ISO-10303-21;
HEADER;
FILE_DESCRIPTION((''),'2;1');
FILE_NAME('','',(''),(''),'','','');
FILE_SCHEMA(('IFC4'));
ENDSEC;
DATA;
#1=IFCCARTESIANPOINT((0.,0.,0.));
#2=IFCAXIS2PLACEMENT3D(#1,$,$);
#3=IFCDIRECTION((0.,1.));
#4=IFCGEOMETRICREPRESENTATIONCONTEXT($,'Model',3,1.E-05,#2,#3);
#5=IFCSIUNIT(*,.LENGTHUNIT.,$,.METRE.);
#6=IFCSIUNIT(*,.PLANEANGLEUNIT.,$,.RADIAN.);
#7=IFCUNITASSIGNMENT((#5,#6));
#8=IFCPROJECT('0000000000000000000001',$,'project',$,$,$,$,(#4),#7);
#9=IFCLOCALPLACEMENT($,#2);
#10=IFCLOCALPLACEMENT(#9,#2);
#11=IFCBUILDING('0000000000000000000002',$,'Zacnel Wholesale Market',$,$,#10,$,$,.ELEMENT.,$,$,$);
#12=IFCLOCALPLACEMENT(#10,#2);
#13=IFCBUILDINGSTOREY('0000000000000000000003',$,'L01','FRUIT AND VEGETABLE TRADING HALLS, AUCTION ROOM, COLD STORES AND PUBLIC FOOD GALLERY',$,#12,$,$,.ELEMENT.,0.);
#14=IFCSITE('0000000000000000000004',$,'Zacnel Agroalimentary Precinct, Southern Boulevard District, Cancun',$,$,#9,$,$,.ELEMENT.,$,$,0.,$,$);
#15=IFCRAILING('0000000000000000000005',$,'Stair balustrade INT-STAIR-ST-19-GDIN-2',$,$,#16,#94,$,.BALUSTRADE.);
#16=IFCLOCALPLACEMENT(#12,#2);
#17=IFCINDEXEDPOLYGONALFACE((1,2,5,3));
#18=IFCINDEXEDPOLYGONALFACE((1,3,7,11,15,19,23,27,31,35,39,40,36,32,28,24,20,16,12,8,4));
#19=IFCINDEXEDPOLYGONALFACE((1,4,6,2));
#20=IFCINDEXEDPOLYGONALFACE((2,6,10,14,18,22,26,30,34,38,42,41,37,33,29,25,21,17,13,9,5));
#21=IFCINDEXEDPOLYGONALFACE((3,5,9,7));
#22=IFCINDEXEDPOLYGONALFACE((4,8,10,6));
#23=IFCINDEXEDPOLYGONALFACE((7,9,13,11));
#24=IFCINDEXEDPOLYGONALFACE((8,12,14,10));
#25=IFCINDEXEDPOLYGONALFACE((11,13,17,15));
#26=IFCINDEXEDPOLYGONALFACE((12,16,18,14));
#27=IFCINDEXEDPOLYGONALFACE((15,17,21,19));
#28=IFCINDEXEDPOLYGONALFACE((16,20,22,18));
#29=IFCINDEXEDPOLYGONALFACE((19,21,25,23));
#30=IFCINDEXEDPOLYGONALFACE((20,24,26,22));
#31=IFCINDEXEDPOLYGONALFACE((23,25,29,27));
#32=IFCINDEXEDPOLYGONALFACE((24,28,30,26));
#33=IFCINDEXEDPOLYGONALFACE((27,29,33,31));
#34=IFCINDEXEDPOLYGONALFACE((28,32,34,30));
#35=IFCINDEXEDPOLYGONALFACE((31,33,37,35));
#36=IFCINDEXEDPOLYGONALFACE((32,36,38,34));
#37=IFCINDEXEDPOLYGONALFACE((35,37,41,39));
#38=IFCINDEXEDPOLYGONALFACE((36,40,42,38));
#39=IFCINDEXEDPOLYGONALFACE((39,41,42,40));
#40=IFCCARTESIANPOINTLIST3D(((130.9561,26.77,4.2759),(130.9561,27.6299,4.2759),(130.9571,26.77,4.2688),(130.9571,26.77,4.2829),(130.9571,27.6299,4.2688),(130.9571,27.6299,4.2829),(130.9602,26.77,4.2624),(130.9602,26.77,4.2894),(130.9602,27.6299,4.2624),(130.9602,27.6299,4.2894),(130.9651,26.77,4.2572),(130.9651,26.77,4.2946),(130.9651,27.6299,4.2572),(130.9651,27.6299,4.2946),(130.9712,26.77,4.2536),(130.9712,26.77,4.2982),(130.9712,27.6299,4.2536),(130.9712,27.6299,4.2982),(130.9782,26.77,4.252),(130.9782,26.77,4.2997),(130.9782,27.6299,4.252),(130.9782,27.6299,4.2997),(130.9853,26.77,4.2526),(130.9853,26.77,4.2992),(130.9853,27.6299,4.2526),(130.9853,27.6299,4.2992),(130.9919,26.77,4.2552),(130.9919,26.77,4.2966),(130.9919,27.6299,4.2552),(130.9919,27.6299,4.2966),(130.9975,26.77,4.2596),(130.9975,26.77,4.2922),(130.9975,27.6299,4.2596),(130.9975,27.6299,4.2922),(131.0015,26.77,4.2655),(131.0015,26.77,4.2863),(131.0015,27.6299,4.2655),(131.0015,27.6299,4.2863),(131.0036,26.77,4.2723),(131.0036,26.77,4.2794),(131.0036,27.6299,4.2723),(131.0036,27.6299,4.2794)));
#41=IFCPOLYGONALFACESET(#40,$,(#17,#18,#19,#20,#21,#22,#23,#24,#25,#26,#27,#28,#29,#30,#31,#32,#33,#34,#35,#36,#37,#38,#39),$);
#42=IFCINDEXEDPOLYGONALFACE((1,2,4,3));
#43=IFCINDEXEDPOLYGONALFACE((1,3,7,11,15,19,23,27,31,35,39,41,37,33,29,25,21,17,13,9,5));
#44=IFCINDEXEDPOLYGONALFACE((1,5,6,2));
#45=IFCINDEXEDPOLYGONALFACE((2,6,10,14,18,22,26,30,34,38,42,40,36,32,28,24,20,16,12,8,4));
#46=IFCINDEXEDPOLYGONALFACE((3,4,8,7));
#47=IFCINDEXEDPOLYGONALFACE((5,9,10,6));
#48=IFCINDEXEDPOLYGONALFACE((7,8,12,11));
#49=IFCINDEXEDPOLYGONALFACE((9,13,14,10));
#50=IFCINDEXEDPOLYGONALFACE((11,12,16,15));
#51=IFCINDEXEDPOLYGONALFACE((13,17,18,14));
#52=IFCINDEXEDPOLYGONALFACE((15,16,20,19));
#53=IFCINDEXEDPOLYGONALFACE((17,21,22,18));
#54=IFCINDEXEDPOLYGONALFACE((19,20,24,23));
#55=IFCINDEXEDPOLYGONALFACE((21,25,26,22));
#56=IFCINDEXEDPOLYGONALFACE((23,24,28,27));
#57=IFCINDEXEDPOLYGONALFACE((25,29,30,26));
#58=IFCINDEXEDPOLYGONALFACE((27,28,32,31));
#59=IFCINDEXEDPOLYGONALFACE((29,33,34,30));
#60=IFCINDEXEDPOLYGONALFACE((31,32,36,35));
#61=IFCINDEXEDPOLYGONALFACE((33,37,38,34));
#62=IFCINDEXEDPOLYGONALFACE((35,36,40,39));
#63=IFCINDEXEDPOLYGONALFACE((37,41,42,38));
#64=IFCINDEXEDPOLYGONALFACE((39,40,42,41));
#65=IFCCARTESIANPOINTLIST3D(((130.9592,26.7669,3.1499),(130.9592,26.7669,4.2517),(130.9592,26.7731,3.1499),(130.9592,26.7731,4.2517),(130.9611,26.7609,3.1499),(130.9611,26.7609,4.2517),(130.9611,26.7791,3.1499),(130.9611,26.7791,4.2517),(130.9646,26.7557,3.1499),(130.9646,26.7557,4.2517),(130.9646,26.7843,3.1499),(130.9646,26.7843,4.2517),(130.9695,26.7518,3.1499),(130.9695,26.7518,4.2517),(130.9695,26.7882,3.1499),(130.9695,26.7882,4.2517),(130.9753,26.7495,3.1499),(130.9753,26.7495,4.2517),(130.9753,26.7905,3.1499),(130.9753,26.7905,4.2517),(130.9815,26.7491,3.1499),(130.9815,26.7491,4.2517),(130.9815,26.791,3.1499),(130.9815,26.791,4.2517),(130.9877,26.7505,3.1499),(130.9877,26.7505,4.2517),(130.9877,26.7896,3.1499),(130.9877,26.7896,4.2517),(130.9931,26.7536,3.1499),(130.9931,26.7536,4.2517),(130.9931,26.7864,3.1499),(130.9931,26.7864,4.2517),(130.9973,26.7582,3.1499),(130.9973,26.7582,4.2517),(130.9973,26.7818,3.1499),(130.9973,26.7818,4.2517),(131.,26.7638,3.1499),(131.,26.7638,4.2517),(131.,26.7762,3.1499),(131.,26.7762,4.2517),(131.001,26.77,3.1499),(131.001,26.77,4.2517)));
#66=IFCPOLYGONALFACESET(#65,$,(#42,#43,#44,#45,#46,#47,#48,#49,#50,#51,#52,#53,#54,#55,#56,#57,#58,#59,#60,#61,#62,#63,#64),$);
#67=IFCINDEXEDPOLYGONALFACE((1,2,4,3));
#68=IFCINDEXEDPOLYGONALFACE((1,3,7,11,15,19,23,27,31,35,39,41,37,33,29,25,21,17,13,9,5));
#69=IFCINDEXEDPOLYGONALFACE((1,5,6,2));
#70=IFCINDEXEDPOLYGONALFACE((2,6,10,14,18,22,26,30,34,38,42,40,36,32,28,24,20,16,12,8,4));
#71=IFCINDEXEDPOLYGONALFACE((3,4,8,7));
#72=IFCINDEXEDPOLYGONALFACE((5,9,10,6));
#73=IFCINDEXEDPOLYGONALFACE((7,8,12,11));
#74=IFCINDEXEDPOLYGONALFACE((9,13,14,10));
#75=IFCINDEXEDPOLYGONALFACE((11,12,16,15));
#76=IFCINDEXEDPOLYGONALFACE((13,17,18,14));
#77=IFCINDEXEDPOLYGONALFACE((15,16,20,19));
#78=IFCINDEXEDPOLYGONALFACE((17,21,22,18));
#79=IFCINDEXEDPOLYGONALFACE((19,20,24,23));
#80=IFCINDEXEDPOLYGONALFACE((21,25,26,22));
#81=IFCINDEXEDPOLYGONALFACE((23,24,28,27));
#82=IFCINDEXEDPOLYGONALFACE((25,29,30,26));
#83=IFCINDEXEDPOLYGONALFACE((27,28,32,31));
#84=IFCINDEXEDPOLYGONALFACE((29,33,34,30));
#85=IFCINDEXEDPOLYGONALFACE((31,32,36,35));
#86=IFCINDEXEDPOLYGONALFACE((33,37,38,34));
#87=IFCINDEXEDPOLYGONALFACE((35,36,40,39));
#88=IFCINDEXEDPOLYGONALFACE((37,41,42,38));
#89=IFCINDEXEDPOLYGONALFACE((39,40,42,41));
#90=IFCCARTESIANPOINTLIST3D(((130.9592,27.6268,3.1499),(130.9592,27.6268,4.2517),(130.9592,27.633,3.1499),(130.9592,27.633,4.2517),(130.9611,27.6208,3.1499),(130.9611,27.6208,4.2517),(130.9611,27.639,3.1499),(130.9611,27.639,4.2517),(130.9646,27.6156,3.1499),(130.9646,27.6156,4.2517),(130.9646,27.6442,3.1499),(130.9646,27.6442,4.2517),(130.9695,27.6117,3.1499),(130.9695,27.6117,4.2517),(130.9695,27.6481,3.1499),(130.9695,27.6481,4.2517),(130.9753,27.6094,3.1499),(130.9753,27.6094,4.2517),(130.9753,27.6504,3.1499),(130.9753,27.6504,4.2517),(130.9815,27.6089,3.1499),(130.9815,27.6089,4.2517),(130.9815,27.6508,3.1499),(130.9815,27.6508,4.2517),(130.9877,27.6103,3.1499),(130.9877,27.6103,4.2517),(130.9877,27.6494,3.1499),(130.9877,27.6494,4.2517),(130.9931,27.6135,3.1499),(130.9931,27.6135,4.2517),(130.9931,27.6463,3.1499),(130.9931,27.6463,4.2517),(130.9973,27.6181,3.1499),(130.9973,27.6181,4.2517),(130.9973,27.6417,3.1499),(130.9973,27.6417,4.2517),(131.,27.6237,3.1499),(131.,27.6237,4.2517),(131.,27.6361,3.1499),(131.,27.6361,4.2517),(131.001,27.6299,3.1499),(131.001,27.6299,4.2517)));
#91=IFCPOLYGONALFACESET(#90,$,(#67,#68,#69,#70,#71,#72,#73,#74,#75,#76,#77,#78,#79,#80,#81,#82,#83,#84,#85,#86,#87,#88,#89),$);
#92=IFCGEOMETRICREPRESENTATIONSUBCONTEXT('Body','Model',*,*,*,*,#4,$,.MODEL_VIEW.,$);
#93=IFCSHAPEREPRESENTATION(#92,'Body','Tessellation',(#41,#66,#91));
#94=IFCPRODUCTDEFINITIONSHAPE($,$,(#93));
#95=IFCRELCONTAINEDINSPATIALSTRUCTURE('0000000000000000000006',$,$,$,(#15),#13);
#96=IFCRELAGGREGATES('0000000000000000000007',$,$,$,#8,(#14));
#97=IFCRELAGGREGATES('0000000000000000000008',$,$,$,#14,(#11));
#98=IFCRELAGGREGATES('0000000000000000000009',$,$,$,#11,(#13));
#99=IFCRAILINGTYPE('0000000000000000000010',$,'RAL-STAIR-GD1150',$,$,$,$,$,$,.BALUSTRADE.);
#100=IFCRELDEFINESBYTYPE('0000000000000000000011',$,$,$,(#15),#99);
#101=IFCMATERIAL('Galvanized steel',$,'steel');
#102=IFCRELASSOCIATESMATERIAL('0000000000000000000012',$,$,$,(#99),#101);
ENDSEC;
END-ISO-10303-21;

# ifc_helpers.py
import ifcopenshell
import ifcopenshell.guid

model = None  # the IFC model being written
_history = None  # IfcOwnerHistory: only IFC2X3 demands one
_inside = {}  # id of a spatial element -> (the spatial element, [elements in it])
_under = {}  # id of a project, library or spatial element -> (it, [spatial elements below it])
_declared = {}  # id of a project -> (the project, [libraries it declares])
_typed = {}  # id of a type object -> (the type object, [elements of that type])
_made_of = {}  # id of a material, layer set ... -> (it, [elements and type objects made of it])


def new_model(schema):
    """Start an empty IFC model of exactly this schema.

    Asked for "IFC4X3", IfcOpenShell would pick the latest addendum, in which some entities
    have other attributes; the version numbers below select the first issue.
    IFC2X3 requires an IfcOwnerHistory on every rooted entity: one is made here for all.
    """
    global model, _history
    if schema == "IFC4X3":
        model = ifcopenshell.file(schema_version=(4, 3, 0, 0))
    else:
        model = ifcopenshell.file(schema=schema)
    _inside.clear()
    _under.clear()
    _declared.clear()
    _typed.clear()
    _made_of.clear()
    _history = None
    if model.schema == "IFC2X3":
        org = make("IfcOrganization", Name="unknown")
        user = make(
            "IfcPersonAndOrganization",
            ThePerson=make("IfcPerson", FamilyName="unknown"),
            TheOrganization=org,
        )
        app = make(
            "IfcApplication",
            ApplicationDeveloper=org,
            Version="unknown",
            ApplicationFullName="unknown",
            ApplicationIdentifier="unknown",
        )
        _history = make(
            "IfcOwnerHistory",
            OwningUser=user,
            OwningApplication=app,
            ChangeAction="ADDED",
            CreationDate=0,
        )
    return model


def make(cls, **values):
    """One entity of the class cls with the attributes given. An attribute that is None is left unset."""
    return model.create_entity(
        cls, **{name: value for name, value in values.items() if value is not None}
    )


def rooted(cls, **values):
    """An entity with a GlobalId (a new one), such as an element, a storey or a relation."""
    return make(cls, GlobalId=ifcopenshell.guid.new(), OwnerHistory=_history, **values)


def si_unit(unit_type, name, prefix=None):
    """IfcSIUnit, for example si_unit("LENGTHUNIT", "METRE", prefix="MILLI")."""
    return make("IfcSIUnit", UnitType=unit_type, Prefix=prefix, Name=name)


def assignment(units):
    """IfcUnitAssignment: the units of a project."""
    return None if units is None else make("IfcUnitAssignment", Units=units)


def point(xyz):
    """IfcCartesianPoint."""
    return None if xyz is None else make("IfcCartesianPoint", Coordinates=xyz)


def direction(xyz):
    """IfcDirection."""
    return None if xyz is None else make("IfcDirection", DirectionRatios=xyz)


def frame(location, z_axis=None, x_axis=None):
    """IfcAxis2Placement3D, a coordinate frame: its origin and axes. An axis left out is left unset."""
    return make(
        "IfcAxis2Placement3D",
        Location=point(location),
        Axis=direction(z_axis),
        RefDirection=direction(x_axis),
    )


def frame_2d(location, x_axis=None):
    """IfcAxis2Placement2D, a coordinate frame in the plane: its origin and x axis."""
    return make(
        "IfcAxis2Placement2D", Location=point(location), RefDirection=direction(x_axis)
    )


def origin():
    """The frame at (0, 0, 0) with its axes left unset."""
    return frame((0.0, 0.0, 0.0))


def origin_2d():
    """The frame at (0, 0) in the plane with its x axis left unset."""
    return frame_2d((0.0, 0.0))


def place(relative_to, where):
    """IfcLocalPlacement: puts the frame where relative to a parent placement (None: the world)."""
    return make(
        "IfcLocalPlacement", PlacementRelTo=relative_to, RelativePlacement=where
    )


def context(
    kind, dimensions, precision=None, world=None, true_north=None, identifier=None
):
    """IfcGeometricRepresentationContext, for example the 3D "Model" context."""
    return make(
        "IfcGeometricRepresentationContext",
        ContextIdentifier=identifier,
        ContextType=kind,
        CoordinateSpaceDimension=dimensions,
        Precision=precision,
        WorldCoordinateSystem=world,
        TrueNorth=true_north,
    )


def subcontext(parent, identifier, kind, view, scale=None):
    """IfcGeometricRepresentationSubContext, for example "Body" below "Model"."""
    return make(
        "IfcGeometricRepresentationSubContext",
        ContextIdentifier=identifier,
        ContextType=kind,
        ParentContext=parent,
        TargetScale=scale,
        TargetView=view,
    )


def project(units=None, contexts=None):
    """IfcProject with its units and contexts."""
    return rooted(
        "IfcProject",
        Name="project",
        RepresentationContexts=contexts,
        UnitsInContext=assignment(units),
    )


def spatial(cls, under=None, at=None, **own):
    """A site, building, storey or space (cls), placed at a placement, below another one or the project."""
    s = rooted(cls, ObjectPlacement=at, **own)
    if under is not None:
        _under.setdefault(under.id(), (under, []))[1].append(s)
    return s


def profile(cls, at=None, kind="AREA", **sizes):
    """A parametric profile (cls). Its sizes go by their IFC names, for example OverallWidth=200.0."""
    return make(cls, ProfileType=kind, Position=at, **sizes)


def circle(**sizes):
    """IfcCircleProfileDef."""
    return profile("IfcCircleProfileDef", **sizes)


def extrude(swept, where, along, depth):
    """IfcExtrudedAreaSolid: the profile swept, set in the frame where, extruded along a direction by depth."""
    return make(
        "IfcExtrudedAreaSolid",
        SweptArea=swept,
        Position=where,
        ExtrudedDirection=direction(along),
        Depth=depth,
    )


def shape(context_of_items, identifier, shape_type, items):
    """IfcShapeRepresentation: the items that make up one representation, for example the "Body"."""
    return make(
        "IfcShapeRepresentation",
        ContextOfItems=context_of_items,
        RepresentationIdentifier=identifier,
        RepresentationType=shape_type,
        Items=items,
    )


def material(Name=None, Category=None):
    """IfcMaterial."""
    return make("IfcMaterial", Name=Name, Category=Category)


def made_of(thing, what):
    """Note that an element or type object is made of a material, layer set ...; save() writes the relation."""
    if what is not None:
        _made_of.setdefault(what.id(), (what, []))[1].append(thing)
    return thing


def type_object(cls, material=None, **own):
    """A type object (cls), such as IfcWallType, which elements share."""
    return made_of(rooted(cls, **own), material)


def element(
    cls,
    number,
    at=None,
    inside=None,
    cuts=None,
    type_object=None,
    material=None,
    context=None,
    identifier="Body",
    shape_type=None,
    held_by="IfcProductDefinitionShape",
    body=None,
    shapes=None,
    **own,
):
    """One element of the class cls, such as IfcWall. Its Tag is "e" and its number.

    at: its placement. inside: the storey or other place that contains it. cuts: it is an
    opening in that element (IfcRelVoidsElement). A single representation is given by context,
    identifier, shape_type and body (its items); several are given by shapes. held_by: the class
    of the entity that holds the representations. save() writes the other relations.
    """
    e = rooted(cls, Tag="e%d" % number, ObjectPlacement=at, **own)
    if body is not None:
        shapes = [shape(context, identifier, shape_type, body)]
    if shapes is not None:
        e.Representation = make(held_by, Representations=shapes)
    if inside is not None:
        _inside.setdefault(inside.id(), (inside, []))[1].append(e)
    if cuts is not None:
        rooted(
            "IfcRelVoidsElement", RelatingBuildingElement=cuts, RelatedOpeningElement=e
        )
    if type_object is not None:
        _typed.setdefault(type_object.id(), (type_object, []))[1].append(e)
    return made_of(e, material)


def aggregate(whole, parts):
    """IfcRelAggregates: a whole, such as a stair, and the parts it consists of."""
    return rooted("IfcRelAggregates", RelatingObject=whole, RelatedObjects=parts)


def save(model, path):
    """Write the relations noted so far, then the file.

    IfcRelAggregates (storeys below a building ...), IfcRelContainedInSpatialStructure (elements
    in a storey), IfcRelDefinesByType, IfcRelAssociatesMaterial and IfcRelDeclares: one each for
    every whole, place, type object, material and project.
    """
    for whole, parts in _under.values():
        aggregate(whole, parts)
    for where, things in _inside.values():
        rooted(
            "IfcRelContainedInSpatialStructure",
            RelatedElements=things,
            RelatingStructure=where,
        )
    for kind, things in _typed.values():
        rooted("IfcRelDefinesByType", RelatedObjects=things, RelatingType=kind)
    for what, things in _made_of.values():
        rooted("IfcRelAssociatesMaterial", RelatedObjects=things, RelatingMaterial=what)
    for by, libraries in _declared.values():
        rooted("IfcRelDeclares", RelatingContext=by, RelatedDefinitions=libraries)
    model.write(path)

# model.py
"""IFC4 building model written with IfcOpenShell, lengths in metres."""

from ifc_helpers import new_model, si_unit, direction, frame, origin, origin_2d, place, context, subcontext, project, spatial, circle, extrude, material, type_object, element, save


model = new_model("IFC4")

# Units and contexts
model_context = context("Model", 3, precision=1e-05, world=origin(), true_north=direction((0.0, 1.0)))
body_context = subcontext(model_context, "Body", "Model", "MODEL_VIEW")
ifc_project = project(units=[si_unit("LENGTHUNIT", "METRE"), si_unit("PLANEANGLEUNIT", "RADIAN")], contexts=[model_context])

# Site, building, storey
site_placement = place(None, origin())
site = spatial("IfcSite", under=ifc_project, at=site_placement, Name="Zacnel Agroalimentary Precinct, Southern Boulevard District, Cancun", CompositionType="ELEMENT", RefElevation=0.0)
building_placement = place(site_placement, origin())
building = spatial("IfcBuilding", under=site, at=building_placement, Name="Zacnel Wholesale Market", CompositionType="ELEMENT")
storey_placement = place(building_placement, origin())
storey = spatial("IfcBuildingStorey", under=building, at=storey_placement, Name="L01", Description="FRUIT AND VEGETABLE TRADING HALLS, AUCTION ROOM, COLD STORES AND PUBLIC FOOD GALLERY", CompositionType="ELEMENT", Elevation=0.0)

# Railing
ifc_material_1 = material(Name="Galvanized steel", Category="steel")
railing_type_1 = type_object("IfcRailingType", Name="RAL-STAIR-GD1150", PredefinedType="BALUSTRADE", material=ifc_material_1)
railing_1_placement = place(storey_placement, frame((130.98, 26.77, 3.1499)))
element("IfcRailing", 1, at=railing_1_placement, inside=storey, type_object=railing_type_1, Name="Stair balustrade INT-STAIR-ST-19-GDIN-2", PredefinedType="BALUSTRADE", context=body_context, shape_type="SweptSolid", body=[
    extrude(circle(Radius=0.0239, at=origin_2d()), frame((0.0, 0.0, 1.126), z_axis=(0.0, 1.0, 0.0), x_axis=(-1.0, 0.0, 0.0)), (0.0, 0.0, 1.0), 0.8599),
    extrude(circle(Radius=0.021, at=origin_2d()), origin(), (0.0, 0.0, 1.0), 1.1018),
    extrude(circle(Radius=0.021, at=origin_2d()), frame((0.0, 0.8599, 0.0)), (0.0, 0.0, 1.0), 1.1018),
])

save(model, "model.ifc")
